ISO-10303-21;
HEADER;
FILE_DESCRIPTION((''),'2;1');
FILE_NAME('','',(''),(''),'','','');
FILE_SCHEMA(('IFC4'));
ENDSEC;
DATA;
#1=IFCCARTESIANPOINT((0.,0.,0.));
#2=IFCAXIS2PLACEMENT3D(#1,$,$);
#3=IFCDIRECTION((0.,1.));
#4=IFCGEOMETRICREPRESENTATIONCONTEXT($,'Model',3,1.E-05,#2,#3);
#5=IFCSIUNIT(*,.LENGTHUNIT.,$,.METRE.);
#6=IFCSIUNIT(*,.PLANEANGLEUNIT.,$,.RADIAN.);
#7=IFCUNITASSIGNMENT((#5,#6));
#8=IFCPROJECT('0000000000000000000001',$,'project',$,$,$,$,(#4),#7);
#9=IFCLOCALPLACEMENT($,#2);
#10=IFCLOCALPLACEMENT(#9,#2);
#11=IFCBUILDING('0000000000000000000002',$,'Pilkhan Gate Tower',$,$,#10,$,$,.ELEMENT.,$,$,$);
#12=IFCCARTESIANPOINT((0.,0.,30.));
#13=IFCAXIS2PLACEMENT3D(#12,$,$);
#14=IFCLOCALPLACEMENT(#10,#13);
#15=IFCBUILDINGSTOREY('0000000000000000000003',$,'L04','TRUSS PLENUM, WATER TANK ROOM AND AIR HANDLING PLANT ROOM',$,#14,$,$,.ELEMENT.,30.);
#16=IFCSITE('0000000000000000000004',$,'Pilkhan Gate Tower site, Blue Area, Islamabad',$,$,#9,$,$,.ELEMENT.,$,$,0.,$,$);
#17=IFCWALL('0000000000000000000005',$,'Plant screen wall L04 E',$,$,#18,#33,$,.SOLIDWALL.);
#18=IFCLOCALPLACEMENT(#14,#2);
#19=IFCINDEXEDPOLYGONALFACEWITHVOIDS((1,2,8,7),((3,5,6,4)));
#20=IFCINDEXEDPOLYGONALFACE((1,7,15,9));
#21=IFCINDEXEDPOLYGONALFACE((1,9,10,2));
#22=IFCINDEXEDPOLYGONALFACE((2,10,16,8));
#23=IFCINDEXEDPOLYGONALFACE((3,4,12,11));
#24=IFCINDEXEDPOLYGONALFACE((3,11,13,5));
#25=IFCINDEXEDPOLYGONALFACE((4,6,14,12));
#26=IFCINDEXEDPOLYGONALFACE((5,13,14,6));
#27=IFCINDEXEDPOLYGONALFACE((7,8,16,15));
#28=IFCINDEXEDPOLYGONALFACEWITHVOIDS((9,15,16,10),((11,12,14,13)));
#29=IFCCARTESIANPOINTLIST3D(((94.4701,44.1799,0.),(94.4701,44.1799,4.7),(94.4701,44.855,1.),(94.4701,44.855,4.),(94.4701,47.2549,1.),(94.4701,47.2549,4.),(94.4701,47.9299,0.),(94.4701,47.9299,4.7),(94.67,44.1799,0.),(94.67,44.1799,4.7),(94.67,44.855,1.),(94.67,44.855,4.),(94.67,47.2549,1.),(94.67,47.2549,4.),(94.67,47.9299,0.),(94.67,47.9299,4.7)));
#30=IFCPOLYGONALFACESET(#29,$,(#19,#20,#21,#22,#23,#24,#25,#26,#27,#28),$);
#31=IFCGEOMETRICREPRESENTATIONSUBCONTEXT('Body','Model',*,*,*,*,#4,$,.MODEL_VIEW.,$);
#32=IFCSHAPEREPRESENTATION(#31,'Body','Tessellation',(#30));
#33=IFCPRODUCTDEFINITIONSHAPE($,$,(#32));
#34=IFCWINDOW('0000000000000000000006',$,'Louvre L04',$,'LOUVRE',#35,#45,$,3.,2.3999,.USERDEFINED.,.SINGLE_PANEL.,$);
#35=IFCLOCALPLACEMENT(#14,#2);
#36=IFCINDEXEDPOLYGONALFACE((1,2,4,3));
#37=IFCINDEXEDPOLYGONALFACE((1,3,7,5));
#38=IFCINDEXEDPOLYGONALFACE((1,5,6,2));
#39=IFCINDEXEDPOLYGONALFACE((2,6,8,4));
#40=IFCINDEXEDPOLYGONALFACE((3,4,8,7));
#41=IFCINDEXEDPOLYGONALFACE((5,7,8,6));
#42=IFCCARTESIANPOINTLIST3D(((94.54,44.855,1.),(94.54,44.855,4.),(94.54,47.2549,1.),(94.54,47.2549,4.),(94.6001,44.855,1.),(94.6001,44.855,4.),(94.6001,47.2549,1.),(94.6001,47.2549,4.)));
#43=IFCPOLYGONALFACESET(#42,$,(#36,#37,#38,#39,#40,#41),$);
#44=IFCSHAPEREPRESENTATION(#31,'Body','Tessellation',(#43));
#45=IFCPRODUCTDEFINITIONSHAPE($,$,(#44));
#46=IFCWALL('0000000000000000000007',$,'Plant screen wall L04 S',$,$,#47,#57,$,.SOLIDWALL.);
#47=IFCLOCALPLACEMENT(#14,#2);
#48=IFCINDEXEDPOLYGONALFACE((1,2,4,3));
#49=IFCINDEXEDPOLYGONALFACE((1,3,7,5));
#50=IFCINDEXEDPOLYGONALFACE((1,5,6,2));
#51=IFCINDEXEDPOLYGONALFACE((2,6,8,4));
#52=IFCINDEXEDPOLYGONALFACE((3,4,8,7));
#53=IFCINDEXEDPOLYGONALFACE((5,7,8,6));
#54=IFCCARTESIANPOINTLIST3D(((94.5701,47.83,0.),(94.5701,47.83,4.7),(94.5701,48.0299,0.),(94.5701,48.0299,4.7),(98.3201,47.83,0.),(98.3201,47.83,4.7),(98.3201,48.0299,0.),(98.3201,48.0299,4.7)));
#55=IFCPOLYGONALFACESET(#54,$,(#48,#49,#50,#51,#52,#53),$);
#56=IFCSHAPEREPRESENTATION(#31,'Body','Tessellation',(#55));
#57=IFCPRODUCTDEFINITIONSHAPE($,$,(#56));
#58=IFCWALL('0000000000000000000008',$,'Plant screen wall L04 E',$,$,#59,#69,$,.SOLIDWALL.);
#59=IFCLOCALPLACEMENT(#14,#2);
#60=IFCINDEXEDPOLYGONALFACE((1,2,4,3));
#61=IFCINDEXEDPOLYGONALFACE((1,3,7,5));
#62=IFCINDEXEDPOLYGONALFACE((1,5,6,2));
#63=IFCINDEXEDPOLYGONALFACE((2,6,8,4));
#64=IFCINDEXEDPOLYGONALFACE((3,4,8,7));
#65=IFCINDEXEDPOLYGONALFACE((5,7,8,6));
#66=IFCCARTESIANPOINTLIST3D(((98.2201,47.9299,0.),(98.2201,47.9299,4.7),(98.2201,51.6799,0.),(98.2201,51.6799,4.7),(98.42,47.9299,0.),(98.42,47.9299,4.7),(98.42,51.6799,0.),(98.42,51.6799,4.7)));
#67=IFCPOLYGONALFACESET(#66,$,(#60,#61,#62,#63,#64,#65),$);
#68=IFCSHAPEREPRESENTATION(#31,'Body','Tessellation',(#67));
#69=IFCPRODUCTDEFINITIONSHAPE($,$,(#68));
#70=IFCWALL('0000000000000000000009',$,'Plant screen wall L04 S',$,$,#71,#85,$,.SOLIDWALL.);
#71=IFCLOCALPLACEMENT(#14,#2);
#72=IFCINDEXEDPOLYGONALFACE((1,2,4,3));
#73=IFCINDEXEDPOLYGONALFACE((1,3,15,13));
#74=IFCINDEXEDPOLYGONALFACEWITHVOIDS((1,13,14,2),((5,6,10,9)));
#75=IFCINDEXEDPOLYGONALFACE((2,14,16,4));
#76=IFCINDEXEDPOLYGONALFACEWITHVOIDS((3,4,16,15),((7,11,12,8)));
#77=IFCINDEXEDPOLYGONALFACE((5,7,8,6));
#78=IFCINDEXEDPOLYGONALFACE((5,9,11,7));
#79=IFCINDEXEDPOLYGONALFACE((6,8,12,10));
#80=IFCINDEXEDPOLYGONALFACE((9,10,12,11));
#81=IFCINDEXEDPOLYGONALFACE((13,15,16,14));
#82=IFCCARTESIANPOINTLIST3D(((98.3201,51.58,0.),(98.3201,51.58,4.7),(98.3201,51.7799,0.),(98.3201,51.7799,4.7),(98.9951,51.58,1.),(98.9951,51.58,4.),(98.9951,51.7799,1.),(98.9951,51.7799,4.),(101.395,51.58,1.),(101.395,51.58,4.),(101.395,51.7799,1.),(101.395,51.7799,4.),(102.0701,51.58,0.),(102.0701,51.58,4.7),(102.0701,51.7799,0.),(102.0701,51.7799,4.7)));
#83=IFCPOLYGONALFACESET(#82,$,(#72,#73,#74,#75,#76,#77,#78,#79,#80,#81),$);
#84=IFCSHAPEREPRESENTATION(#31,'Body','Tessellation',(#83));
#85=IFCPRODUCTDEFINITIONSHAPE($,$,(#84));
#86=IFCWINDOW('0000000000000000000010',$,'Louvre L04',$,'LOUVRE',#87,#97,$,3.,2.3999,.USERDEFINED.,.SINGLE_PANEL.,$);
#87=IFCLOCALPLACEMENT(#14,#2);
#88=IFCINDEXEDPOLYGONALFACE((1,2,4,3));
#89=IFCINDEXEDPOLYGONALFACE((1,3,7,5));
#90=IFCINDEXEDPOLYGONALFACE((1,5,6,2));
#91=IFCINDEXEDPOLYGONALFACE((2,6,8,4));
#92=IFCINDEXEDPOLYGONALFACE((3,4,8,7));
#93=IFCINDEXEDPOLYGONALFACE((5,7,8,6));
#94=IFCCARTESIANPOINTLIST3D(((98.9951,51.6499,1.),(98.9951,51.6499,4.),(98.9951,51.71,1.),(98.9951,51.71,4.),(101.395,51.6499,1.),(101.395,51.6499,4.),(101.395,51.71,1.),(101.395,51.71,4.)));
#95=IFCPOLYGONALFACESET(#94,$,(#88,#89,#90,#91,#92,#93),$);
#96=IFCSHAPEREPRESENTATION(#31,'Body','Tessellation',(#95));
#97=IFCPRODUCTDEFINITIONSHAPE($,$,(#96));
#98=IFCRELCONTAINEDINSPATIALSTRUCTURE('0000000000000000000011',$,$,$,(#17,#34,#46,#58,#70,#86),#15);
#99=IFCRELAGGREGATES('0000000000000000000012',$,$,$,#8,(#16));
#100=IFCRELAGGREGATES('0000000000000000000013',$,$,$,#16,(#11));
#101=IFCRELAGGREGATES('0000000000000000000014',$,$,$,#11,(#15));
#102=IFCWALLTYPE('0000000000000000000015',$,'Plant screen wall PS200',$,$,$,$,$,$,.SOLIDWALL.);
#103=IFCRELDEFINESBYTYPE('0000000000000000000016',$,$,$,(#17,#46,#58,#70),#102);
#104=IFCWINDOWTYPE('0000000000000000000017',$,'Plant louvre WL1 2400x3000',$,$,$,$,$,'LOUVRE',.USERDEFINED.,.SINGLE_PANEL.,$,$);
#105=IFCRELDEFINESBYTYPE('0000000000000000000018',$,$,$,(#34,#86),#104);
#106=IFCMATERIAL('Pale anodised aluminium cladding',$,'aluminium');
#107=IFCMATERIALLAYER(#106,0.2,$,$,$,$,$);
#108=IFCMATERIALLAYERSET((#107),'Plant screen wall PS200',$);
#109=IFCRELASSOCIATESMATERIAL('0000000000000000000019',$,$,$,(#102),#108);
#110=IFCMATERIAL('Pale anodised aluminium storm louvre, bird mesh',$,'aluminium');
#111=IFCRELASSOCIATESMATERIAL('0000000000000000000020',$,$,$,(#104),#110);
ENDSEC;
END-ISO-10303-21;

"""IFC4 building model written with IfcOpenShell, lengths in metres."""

from ifc_helpers import new_model, si_unit, direction, frame, frame_2d, origin, place, context, subcontext, project, spatial, rectangle, extrude, material, layer, layer_set, type_object, element, fill, save


model = new_model("IFC4")

# Units and contexts
model_context = context("Model", 3, precision=1e-05, world=origin(), true_north=direction((0.0, 1.0)))
body_context = subcontext(model_context, "Body", "Model", "MODEL_VIEW")
ifc_project = project(units=[si_unit("LENGTHUNIT", "METRE"), si_unit("PLANEANGLEUNIT", "RADIAN")], contexts=[model_context])

# Site, building, storey
site_placement = place(None, origin())
site = spatial("IfcSite", under=ifc_project, at=site_placement, Name="Pilkhan Gate Tower site, Blue Area, Islamabad", CompositionType="ELEMENT", RefElevation=0.0)
building_placement = place(site_placement, origin())
building = spatial("IfcBuilding", under=site, at=building_placement, Name="Pilkhan Gate Tower", CompositionType="ELEMENT")
storey_placement = place(building_placement, frame((0.0, 0.0, 30.0)))
storey = spatial("IfcBuildingStorey", under=building, at=storey_placement, Name="L04", Description="TRUSS PLENUM, WATER TANK ROOM AND AIR HANDLING PLANT ROOM", CompositionType="ELEMENT", Elevation=30.0)

# Shared definitions
ifc_material_1 = material(Name="Pale anodised aluminium cladding", Category="aluminium")
ifc_layer_1 = layer(ifc_material_1, 0.2)
ifc_layer_set_1 = layer_set([ifc_layer_1], Name="Plant screen wall PS200")
wall_type_1 = type_object("IfcWallType", Name="Plant screen wall PS200", PredefinedType="SOLIDWALL", material=ifc_layer_set_1)
ifc_material_2 = material(Name="Pale anodised aluminium storm louvre, bird mesh", Category="aluminium")
window_type = type_object("IfcWindowType", Name="Plant louvre WL1 2400x3000", ElementType="LOUVRE", PartitioningType="SINGLE_PANEL", PredefinedType="USERDEFINED", material=ifc_material_2)

# Wall, opening, window
wall_1_placement = place(storey_placement, frame((94.5701, 44.1799, 0.0), z_axis=(0.0, 0.0, 1.0), x_axis=(0.0, 1.0, 0.0)))
wall_1 = element("IfcWall", 1, at=wall_1_placement, inside=storey, type_object=wall_type_1, Name="Plant screen wall L04 E", PredefinedType="SOLIDWALL", context=body_context, shape_type="SweptSolid", body=[
    extrude(rectangle(XDim=3.75, YDim=0.2, at=frame_2d((1.875, 0.0))), origin(), (0.0, 0.0, 1.0), 4.7),
])
opening_1_placement = place(wall_1_placement, frame((0.675, 0.0, 1.0)))
opening_1 = element("IfcOpeningElement", 2, at=opening_1_placement, cuts=wall_1, PredefinedType="OPENING", context=body_context, shape_type="SweptSolid", body=[
    extrude(rectangle(XDim=2.3999, YDim=3.0, at=frame_2d((1.2, 1.5))), frame((0.0, 0.1099, 0.0), z_axis=(0.0, -1.0, 0.0), x_axis=(1.0, 0.0, 0.0)), (0.0, 0.0, 1.0), 0.22),
])
window_1_placement = place(opening_1_placement, origin())
window_1 = element("IfcWindow", 3, at=window_1_placement, inside=storey, type_object=window_type, Name="Louvre L04", ObjectType="LOUVRE", OverallHeight=3.0, OverallWidth=2.3999, PartitioningType="SINGLE_PANEL", PredefinedType="USERDEFINED", context=body_context, shape_type="SweptSolid", body=[
    extrude(rectangle(XDim=2.3999, YDim=3.0, at=frame_2d((1.2, 1.5))), frame((0.0, 0.03, 0.0), z_axis=(0.0, -1.0, 0.0), x_axis=(1.0, 0.0, 0.0)), (0.0, 0.0, 1.0), 0.0601),
])
fill(opening_1, window_1)

# Walls
for number, where, z_axis, x_axis, name in (
    (4, (94.5701, 47.9299, 0.0), (0.0, 0.0, 1.0), (1.0, 0.0, 0.0), "Plant screen wall L04 S"),
    (5, (98.3201, 47.9299, 0.0), (0.0, 0.0, 1.0), (0.0, 1.0, 0.0), "Plant screen wall L04 E"),
):
    element("IfcWall", number, at=place(storey_placement, frame(where, z_axis=z_axis, x_axis=x_axis)), inside=storey, type_object=wall_type_1, Name=name, PredefinedType="SOLIDWALL", context=body_context, shape_type="SweptSolid", body=[
        extrude(rectangle(XDim=3.75, YDim=0.2, at=frame_2d((1.875, 0.0))), origin(), (0.0, 0.0, 1.0), 4.7),
    ])

# Wall, opening, window
wall_2_placement = place(storey_placement, frame((98.3201, 51.6799, 0.0), z_axis=(0.0, 0.0, 1.0), x_axis=(1.0, 0.0, 0.0)))
wall_2 = element("IfcWall", 6, at=wall_2_placement, inside=storey, type_object=wall_type_1, Name="Plant screen wall L04 S", PredefinedType="SOLIDWALL", context=body_context, shape_type="SweptSolid", body=[
    extrude(rectangle(XDim=3.75, YDim=0.2, at=frame_2d((1.875, 0.0))), origin(), (0.0, 0.0, 1.0), 4.7),
])
opening_2_placement = place(wall_2_placement, frame((0.675, 0.0, 1.0)))
opening_2 = element("IfcOpeningElement", 7, at=opening_2_placement, cuts=wall_2, PredefinedType="OPENING", context=body_context, shape_type="SweptSolid", body=[
    extrude(rectangle(XDim=2.3999, YDim=3.0, at=frame_2d((1.2, 1.5))), frame((0.0, 0.1099, 0.0), z_axis=(0.0, -1.0, 0.0), x_axis=(1.0, 0.0, 0.0)), (0.0, 0.0, 1.0), 0.22),
])
window_2_placement = place(opening_2_placement, origin())
window_2 = element("IfcWindow", 8, at=window_2_placement, inside=storey, type_object=window_type, Name="Louvre L04", ObjectType="LOUVRE", OverallHeight=3.0, OverallWidth=2.3999, PartitioningType="SINGLE_PANEL", PredefinedType="USERDEFINED", context=body_context, shape_type="SweptSolid", body=[
    extrude(rectangle(XDim=2.3999, YDim=3.0, at=frame_2d((1.2, 1.5))), frame((0.0, 0.03, 0.0), z_axis=(0.0, -1.0, 0.0), x_axis=(1.0, 0.0, 0.0)), (0.0, 0.0, 1.0), 0.0601),
])
fill(opening_2, window_2)

save(model, "model.ifc")
